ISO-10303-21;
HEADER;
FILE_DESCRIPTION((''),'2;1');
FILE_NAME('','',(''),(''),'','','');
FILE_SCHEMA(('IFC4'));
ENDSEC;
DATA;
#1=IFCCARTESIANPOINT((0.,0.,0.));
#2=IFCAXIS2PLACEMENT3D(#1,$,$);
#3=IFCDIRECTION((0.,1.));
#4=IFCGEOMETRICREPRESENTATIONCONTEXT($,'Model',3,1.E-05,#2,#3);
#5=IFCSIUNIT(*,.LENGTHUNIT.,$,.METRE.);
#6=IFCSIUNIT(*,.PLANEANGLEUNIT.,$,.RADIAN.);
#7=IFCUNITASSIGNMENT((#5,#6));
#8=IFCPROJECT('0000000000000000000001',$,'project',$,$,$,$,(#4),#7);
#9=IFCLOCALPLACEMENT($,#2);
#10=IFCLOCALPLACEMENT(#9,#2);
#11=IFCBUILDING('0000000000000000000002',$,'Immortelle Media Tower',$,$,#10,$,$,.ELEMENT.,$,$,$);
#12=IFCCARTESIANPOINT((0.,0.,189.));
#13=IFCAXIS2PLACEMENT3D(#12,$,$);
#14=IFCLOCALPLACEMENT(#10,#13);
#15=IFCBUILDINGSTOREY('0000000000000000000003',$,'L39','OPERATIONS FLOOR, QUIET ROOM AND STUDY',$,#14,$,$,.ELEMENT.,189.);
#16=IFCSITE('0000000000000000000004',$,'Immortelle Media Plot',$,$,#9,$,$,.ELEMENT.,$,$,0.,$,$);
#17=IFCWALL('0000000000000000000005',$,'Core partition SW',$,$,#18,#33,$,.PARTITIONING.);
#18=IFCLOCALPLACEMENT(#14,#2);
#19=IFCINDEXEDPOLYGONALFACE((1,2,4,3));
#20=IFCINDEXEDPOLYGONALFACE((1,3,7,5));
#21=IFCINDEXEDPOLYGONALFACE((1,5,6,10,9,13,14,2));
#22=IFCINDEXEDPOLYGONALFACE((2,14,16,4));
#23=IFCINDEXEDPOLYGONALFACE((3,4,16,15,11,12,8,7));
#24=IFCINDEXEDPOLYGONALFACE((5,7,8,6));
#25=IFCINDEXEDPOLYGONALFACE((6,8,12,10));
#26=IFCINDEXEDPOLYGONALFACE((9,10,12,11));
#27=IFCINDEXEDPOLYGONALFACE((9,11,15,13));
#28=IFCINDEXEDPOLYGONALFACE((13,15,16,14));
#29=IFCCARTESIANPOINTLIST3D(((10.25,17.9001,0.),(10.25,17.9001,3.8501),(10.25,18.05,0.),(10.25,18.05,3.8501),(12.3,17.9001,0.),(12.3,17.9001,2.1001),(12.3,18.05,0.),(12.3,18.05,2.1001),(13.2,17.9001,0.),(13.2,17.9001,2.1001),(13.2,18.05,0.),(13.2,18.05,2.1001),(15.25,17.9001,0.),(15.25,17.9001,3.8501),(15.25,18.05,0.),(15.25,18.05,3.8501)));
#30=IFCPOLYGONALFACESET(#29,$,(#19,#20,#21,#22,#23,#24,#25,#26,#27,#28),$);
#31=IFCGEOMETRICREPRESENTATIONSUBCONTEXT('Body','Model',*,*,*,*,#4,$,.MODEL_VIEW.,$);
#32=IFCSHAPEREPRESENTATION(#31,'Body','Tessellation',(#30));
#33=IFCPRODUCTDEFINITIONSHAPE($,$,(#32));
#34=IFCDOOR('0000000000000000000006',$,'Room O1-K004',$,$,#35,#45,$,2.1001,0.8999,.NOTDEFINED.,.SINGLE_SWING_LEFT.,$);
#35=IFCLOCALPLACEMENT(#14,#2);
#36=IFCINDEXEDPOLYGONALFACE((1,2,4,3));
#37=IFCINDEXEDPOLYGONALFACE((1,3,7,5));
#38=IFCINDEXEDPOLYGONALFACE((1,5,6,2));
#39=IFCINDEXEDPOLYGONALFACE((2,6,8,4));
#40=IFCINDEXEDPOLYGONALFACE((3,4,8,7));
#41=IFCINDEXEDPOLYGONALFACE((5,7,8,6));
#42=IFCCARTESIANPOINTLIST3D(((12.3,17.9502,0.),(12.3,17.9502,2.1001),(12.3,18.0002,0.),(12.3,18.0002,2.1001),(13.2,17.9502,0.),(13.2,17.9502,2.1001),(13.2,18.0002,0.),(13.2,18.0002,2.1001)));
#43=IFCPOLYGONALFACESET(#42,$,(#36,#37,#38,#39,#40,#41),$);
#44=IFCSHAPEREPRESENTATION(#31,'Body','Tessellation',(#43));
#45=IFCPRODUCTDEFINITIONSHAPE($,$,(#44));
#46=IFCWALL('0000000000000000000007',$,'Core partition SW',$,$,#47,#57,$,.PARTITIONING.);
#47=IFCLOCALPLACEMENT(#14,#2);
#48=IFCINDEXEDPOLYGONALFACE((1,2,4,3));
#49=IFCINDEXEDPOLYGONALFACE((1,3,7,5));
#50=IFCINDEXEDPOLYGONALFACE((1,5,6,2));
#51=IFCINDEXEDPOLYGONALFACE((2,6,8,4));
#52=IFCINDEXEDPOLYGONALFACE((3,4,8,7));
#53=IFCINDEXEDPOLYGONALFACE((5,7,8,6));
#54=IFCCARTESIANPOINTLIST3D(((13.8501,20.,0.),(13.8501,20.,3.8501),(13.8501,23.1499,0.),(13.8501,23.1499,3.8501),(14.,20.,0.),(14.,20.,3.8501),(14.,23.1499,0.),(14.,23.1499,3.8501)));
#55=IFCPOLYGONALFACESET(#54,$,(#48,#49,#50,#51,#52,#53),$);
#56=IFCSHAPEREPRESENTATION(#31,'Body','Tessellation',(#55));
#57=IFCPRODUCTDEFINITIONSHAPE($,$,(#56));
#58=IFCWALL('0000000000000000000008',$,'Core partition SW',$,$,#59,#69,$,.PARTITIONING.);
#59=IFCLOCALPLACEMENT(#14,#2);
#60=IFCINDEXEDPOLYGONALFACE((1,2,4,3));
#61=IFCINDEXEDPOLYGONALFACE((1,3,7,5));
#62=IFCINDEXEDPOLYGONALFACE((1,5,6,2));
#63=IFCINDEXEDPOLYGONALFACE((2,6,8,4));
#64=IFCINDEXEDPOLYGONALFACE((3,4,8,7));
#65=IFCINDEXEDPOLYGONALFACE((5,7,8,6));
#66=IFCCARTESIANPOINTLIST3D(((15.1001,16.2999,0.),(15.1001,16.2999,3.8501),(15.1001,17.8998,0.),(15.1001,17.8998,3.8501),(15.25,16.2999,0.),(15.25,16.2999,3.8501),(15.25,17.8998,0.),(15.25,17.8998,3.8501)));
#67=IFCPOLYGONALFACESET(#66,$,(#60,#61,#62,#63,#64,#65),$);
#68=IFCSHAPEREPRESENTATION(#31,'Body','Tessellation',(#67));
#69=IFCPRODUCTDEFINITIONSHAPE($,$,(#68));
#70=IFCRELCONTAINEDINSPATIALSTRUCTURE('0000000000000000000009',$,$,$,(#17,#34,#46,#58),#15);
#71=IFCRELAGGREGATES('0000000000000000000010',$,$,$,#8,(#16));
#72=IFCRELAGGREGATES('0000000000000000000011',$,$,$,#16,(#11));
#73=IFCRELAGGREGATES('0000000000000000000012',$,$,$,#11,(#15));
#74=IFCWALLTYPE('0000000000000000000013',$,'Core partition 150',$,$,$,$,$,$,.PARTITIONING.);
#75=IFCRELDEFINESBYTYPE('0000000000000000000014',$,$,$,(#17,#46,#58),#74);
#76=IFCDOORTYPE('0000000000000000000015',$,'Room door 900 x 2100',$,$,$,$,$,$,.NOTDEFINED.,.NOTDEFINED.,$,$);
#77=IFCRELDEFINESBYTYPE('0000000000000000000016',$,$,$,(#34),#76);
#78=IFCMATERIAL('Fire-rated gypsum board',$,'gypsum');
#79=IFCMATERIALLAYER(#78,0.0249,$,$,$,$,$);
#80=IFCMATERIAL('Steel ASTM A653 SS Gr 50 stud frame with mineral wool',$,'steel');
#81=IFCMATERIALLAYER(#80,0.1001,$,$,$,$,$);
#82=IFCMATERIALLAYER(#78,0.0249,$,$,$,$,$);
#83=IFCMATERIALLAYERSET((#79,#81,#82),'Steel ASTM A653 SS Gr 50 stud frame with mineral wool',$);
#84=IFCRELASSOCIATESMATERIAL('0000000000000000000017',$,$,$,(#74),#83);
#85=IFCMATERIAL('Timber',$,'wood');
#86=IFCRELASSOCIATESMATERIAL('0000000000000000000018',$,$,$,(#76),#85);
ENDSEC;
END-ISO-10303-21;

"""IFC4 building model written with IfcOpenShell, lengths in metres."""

from ifc_helpers import new_model, si_unit, direction, frame, frame_2d, origin, place, context, subcontext, project, spatial, rectangle, extrude, material, layer, layer_set, type_object, element, fill, save


model = new_model("IFC4")

# Units and contexts
model_context = context("Model", 3, precision=1e-05, world=origin(), true_north=direction((0.0, 1.0)))
body_context = subcontext(model_context, "Body", "Model", "MODEL_VIEW")
ifc_project = project(units=[si_unit("LENGTHUNIT", "METRE"), si_unit("PLANEANGLEUNIT", "RADIAN")], contexts=[model_context])

# Site, building, storey
site_placement = place(None, origin())
site = spatial("IfcSite", under=ifc_project, at=site_placement, Name="Immortelle Media Plot", CompositionType="ELEMENT", RefElevation=0.0)
building_placement = place(site_placement, origin())
building = spatial("IfcBuilding", under=site, at=building_placement, Name="Immortelle Media Tower", CompositionType="ELEMENT")
storey_placement = place(building_placement, frame((0.0, 0.0, 189.0)))
storey = spatial("IfcBuildingStorey", under=building, at=storey_placement, Name="L39", Description="OPERATIONS FLOOR, QUIET ROOM AND STUDY", CompositionType="ELEMENT", Elevation=189.0)

# Shared definitions
ifc_material_1 = material(Name="Fire-rated gypsum board", Category="gypsum")
ifc_layer_1 = layer(ifc_material_1, 0.0249)
ifc_material_2 = material(Name="Steel ASTM A653 SS Gr 50 stud frame with mineral wool", Category="steel")
ifc_layer_2 = layer(ifc_material_2, 0.1001)
ifc_layer_3 = layer(ifc_material_1, 0.0249)
ifc_layer_set_1 = layer_set([ifc_layer_1, ifc_layer_2, ifc_layer_3], Name="Steel ASTM A653 SS Gr 50 stud frame with mineral wool")
wall_type_1 = type_object("IfcWallType", Name="Core partition 150", PredefinedType="PARTITIONING", material=ifc_layer_set_1)

# Wall, opening, door
wall_1_placement = place(storey_placement, frame((10.25, 17.9751, 0.0), z_axis=(0.0, 0.0, 1.0), x_axis=(1.0, 0.0, 0.0)))
wall_1 = element("IfcWall", 1, at=wall_1_placement, inside=storey, type_object=wall_type_1, Name="Core partition SW", PredefinedType="PARTITIONING", context=body_context, shape_type="SweptSolid", body=[
    extrude(rectangle(XDim=5.0, YDim=0.1499, at=frame_2d((2.5, 0.0))), origin(), (0.0, 0.0, 1.0), 3.8501),
])
opening_1_placement = place(wall_1_placement, frame((2.95, 0.0, 0.0), z_axis=(0.0, 0.0, 1.0), x_axis=(-1.0, 0.0, 0.0)))
opening_1 = element("IfcOpeningElement", 2, at=opening_1_placement, cuts=wall_1, PredefinedType="OPENING", context=body_context, shape_type="SweptSolid", body=[
    extrude(rectangle(XDim=0.8999, YDim=2.1001, at=frame_2d((0.45, 1.05))), frame((0.0, 0.085, 0.0), z_axis=(0.0, -1.0, 0.0), x_axis=(1.0, 0.0, 0.0)), (0.0, 0.0, 1.0), 0.1699),
])
ifc_material_3 = material(Name="Timber", Category="wood")
door_type_1 = type_object("IfcDoorType", Name="Room door 900 x 2100", OperationType="NOTDEFINED", PredefinedType="NOTDEFINED", material=ifc_material_3)
door_1_placement = place(opening_1_placement, origin())
door_1 = element("IfcDoor", 3, at=door_1_placement, inside=storey, type_object=door_type_1, Name="Room O1-K004", OperationType="SINGLE_SWING_LEFT", OverallHeight=2.1001, OverallWidth=0.8999, PredefinedType="NOTDEFINED", context=body_context, shape_type="SweptSolid", body=[
    extrude(rectangle(XDim=0.8999, YDim=2.1001, at=frame_2d((0.45, 1.05))), frame((0.0, 0.0249, 0.0), z_axis=(0.0, -1.0, 0.0), x_axis=(1.0, 0.0, 0.0)), (0.0, 0.0, 1.0), 0.05),
])
fill(opening_1, door_1)

# Walls
wall_2_placement = place(storey_placement, frame((13.925, 20.0, 0.0), z_axis=(0.0, 0.0, 1.0), x_axis=(0.0, 1.0, 0.0)))
element("IfcWall", 4, at=wall_2_placement, inside=storey, type_object=wall_type_1, Name="Core partition SW", PredefinedType="PARTITIONING", context=body_context, shape_type="SweptSolid", body=[
    extrude(rectangle(XDim=3.1499, YDim=0.1499, at=frame_2d((1.575, 0.0))), origin(), (0.0, 0.0, 1.0), 3.8501),
])
wall_3_placement = place(storey_placement, frame((15.175, 16.3, 0.0), z_axis=(0.0, 0.0, 1.0), x_axis=(0.0, 1.0, 0.0)))
element("IfcWall", 5, at=wall_3_placement, inside=storey, type_object=wall_type_1, Name="Core partition SW", PredefinedType="PARTITIONING", context=body_context, shape_type="SweptSolid", body=[
    extrude(rectangle(XDim=1.5999, YDim=0.1499, at=frame_2d((0.7998, 0.0))), origin(), (0.0, 0.0, 1.0), 3.8501),
])

save(model, "model.ifc")
